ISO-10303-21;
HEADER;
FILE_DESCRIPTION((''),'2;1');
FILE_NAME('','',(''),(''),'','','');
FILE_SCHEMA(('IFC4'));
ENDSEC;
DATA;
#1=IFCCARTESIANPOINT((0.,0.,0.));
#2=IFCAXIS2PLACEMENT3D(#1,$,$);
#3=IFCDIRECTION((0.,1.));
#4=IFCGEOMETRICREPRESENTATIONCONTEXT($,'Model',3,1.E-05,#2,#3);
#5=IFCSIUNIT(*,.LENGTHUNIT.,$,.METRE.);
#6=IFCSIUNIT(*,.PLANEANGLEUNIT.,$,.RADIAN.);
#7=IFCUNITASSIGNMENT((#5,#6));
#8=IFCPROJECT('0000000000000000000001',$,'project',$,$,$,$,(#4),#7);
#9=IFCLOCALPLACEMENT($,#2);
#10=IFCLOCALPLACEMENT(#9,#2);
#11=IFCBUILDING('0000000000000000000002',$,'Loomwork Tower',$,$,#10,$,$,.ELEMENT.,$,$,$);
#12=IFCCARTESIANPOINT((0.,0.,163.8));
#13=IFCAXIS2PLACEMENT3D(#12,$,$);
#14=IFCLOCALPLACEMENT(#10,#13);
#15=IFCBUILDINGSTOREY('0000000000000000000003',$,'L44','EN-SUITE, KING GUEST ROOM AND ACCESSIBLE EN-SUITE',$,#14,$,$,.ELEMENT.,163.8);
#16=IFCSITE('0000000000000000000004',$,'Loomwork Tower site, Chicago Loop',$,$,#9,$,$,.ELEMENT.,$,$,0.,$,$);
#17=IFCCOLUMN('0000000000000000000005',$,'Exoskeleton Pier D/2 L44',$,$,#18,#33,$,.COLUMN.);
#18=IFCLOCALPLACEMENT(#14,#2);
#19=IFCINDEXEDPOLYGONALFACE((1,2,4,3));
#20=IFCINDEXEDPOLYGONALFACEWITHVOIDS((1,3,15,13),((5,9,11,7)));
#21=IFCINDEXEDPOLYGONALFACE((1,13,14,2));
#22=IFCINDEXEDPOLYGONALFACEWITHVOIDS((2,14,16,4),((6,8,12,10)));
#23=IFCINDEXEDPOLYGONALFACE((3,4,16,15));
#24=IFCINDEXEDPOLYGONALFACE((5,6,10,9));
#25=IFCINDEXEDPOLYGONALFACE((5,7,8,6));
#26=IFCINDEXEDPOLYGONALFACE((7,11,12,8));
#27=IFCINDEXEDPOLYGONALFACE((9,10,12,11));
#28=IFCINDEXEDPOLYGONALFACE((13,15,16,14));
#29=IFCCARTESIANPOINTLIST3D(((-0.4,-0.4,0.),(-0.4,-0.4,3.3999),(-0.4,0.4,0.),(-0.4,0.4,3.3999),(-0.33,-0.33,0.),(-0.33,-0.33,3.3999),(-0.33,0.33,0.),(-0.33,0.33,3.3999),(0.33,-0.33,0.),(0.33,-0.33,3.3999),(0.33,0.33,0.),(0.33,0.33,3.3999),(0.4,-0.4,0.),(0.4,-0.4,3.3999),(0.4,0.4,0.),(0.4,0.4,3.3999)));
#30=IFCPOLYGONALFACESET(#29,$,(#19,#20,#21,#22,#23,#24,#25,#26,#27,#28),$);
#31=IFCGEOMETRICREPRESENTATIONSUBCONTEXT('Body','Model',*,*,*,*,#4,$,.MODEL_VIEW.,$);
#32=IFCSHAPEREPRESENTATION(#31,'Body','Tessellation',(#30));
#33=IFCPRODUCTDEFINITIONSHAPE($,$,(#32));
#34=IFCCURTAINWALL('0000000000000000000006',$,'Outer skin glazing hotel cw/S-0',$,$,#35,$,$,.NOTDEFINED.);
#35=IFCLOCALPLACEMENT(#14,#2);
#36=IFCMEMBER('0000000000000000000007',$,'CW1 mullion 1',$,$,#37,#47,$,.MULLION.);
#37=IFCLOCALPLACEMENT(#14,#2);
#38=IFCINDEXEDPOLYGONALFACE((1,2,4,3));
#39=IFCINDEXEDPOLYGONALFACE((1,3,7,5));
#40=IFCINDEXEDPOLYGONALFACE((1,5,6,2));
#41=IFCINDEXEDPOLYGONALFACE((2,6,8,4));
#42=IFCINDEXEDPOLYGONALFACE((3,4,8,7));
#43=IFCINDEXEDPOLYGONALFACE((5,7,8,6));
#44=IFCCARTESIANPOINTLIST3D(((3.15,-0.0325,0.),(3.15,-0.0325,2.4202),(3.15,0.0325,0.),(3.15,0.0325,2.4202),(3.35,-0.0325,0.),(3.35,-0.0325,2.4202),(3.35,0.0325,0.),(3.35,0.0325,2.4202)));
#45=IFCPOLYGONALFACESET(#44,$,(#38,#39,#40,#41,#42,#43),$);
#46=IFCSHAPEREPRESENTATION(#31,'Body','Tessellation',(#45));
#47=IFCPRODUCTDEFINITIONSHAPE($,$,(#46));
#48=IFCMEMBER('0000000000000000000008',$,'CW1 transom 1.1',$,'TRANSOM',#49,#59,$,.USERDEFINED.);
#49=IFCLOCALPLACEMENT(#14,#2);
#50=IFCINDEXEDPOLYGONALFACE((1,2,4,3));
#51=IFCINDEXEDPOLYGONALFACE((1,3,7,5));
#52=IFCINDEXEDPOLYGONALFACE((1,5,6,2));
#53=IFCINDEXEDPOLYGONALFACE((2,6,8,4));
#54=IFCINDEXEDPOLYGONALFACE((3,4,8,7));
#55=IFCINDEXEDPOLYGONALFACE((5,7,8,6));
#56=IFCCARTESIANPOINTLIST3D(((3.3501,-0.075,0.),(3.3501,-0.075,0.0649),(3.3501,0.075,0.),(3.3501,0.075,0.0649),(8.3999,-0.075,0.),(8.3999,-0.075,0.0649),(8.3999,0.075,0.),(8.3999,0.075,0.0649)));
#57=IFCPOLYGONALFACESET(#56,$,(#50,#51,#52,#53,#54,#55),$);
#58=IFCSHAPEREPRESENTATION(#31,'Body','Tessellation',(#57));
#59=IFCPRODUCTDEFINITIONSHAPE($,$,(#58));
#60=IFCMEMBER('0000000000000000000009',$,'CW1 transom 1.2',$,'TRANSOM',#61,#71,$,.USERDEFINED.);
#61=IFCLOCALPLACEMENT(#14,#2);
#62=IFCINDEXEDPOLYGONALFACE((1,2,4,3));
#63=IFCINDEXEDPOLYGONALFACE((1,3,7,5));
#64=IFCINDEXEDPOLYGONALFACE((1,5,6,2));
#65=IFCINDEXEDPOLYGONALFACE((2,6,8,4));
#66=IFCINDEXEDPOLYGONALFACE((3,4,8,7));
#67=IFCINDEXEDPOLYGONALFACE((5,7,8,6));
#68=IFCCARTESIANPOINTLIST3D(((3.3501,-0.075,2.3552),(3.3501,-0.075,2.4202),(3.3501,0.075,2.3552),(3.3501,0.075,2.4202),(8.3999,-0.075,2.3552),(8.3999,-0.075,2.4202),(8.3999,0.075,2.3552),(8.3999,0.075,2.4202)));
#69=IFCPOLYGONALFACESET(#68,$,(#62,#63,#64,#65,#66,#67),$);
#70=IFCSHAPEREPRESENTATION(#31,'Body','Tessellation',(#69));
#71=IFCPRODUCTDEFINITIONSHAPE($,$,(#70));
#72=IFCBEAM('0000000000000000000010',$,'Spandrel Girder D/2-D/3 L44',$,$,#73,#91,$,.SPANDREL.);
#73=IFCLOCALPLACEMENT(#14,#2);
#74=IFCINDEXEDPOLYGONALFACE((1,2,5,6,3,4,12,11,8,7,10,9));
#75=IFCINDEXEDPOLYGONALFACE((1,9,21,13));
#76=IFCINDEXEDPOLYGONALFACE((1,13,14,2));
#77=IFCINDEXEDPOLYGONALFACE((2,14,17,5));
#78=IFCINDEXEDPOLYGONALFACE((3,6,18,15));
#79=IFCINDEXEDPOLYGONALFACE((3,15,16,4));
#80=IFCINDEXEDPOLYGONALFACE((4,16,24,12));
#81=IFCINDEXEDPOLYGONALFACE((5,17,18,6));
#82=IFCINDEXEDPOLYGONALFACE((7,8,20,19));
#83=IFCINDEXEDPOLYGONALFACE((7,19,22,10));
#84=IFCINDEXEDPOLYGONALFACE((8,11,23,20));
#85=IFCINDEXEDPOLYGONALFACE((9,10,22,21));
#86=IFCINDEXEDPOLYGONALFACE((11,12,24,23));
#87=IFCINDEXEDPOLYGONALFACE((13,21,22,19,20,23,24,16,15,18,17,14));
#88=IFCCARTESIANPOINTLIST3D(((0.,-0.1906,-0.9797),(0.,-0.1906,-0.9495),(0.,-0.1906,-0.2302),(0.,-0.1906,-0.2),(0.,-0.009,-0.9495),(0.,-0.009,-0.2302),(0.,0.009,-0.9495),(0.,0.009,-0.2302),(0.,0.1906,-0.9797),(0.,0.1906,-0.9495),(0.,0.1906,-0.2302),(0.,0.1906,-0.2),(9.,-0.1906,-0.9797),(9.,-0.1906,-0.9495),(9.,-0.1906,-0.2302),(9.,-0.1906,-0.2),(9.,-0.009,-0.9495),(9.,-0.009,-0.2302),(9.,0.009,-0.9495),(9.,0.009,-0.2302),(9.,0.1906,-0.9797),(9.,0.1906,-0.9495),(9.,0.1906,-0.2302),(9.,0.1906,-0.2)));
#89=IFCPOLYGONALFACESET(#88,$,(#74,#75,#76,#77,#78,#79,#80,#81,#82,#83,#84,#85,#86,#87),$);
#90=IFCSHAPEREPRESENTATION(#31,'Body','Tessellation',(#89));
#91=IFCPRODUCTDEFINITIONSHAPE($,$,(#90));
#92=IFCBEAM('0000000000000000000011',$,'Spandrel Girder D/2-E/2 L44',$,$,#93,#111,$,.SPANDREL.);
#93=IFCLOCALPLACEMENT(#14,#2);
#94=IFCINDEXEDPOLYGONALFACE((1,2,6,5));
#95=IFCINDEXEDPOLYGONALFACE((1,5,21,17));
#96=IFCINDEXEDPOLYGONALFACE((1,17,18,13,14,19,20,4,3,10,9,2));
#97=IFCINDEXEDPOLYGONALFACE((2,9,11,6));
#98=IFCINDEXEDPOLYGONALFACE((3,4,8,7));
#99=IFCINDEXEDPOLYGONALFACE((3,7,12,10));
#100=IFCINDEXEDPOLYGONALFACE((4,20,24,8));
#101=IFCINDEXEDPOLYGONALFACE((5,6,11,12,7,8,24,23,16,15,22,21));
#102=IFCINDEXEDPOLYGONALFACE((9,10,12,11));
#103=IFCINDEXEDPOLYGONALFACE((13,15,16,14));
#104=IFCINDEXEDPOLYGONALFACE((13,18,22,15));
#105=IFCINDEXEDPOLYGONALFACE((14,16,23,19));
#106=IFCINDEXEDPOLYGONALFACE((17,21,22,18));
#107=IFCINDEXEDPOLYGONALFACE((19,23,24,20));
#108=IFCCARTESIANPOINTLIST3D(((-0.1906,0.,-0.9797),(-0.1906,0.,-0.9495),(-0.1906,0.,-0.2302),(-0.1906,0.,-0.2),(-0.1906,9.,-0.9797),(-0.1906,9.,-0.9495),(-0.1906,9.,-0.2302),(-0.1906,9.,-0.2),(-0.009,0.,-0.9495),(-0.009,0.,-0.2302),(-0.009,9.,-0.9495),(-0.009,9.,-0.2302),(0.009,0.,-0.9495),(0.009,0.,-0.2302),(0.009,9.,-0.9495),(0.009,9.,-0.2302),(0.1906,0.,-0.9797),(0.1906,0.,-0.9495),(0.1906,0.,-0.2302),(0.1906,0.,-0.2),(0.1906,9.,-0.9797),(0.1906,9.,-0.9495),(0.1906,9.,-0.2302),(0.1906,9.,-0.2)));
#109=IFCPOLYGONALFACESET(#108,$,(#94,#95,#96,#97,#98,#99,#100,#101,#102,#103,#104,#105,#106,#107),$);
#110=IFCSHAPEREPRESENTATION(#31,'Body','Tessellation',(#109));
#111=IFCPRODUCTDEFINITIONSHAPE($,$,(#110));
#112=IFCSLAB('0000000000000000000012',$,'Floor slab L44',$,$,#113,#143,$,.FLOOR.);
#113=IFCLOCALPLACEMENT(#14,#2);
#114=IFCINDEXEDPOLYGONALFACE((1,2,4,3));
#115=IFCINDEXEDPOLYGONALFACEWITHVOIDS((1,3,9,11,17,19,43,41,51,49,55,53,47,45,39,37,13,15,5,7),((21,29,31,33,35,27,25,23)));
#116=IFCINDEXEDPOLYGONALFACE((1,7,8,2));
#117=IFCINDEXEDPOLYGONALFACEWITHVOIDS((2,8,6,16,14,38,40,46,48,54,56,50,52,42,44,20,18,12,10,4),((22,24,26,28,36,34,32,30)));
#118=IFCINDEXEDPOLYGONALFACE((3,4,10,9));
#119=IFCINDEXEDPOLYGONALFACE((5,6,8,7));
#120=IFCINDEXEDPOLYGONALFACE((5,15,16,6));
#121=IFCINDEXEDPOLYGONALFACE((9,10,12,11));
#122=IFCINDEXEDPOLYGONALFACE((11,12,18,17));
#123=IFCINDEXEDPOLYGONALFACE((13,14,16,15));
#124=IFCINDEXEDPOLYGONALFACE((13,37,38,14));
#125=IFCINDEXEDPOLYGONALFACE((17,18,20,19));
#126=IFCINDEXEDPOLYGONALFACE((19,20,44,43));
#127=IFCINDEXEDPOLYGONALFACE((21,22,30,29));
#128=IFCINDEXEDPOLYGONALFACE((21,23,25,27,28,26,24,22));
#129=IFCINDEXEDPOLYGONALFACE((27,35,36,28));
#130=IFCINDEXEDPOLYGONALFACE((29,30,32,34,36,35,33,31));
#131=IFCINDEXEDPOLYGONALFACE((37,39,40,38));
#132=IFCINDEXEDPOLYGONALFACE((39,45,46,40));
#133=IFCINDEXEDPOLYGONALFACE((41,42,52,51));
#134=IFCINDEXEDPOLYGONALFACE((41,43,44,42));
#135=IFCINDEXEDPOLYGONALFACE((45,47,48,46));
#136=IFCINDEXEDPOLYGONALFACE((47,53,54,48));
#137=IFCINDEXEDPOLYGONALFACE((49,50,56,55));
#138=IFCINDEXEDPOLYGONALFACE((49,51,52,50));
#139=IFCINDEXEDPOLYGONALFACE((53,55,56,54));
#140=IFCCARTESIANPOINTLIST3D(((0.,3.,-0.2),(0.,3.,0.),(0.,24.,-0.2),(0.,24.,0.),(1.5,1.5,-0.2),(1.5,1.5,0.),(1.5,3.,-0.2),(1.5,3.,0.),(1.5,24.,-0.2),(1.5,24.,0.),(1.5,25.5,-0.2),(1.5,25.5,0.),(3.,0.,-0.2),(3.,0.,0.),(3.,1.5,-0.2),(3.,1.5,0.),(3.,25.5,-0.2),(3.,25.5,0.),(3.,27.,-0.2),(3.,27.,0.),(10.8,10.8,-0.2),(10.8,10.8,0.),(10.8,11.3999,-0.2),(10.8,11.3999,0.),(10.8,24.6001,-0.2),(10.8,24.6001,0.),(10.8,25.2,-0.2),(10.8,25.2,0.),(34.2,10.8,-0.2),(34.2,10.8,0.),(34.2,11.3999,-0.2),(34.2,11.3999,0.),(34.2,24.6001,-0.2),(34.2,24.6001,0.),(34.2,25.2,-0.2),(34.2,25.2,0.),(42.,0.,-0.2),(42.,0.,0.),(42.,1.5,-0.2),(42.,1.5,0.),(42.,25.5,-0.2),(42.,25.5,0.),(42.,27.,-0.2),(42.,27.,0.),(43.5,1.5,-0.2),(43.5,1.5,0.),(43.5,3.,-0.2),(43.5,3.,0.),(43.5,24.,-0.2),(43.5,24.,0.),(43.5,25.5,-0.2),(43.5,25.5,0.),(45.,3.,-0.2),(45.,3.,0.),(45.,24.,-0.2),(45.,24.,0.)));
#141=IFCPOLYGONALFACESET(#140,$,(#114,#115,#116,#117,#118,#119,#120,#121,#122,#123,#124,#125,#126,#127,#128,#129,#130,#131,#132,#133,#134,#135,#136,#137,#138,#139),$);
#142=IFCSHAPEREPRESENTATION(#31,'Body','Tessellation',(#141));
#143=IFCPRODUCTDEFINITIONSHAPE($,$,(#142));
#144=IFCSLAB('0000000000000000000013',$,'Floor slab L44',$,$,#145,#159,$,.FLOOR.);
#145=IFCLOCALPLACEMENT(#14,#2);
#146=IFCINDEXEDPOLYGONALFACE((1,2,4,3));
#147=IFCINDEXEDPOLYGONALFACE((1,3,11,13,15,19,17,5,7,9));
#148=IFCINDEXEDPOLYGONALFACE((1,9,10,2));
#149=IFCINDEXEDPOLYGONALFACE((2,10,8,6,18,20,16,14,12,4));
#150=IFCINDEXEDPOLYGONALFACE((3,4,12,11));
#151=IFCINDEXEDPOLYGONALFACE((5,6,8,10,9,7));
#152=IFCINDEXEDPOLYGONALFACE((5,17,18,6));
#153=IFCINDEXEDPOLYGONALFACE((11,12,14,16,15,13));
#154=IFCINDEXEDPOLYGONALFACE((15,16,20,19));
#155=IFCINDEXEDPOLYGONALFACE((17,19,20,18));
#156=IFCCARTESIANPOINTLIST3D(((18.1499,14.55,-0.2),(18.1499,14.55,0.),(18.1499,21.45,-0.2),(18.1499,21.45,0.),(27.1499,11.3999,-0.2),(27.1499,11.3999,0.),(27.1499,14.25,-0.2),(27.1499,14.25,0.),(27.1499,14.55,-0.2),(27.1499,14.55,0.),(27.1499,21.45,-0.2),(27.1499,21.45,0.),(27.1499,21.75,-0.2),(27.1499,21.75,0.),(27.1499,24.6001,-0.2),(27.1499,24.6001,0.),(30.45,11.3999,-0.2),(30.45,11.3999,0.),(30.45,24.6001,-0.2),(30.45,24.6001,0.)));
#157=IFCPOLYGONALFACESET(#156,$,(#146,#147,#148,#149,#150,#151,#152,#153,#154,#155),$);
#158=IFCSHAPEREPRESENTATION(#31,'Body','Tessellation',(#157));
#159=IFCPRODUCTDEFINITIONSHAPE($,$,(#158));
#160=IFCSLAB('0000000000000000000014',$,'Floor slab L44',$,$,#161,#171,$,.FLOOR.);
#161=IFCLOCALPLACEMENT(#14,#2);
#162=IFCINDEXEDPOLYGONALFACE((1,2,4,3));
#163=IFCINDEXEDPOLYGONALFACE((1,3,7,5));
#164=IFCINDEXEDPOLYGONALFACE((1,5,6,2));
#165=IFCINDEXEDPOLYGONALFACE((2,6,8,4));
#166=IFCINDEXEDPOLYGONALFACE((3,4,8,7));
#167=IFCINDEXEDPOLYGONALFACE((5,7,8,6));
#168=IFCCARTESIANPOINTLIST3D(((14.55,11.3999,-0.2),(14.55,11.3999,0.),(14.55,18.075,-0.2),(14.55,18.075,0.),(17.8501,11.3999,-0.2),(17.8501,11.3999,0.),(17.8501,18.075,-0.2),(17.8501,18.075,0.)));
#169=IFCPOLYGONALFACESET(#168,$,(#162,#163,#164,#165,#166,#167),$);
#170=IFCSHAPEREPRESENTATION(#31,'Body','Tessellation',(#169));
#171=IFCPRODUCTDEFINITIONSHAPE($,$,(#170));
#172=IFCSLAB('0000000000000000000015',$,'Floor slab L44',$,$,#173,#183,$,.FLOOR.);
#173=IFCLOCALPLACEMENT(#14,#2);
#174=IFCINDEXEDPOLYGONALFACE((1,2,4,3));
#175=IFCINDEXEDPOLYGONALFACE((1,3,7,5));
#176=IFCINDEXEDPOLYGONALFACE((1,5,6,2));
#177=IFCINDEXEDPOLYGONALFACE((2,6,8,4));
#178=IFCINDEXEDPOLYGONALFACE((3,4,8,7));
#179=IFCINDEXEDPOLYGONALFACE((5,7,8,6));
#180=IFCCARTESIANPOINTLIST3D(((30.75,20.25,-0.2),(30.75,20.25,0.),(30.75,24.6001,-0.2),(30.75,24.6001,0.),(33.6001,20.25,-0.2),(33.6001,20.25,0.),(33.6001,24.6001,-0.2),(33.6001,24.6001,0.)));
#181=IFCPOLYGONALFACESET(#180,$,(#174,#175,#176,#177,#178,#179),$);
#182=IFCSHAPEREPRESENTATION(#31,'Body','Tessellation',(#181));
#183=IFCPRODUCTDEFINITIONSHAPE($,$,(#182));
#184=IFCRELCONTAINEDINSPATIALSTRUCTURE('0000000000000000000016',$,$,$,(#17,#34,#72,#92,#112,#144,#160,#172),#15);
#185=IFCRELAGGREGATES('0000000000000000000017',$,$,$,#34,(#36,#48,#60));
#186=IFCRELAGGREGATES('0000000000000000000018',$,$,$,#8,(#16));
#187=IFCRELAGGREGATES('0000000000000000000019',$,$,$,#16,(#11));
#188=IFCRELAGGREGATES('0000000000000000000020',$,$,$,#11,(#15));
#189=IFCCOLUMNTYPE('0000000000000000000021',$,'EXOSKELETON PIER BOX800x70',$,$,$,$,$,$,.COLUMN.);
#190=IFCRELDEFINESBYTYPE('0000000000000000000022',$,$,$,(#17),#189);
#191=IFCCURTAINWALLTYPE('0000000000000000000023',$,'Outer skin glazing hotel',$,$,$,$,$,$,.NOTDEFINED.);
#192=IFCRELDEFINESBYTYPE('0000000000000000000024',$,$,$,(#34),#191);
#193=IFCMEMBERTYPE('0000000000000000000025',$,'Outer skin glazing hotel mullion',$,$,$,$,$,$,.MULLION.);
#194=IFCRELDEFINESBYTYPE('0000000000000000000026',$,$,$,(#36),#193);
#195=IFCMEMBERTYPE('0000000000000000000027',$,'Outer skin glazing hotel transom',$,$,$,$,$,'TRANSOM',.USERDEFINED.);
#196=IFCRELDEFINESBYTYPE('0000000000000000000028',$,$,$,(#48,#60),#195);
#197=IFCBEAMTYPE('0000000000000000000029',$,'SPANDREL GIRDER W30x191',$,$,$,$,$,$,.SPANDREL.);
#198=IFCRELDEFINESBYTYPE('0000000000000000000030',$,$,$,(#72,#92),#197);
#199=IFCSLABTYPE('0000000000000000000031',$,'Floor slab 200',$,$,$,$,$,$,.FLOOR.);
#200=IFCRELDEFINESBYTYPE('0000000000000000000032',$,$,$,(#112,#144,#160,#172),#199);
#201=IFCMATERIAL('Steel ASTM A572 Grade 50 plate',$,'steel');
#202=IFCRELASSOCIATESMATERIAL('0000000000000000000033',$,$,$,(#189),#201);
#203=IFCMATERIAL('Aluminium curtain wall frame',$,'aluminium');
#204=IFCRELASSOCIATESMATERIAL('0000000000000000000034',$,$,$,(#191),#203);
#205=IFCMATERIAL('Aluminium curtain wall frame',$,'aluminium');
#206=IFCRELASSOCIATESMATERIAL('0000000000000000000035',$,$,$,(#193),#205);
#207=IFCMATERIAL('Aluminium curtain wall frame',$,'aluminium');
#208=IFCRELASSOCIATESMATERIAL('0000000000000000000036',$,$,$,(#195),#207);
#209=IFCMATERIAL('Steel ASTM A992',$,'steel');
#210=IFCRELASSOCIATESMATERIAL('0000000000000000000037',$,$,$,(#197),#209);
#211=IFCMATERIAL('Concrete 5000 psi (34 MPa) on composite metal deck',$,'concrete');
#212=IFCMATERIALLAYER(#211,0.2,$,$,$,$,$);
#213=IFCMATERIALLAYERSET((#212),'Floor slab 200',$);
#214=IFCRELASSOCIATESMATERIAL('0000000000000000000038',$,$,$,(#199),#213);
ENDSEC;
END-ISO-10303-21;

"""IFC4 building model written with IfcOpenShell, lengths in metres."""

from ifc_helpers import new_model, si_unit, direction, frame, origin, origin_with_axes, origin_2d, place, context, subcontext, project, spatial, polyline, rectangle, hollow_rectangle, i_section, outline, extrude, material, layer, layer_set, material_profile, profile_set, type_object, element, aggregate, save


model = new_model("IFC4")

# Units and contexts
model_context = context("Model", 3, precision=1e-05, world=origin(), true_north=direction((0.0, 1.0)))
body_context = subcontext(model_context, "Body", "Model", "MODEL_VIEW")
ifc_project = project(units=[si_unit("LENGTHUNIT", "METRE"), si_unit("PLANEANGLEUNIT", "RADIAN")], contexts=[model_context])

# Site, building, storey
site_placement = place(None, origin())
site = spatial("IfcSite", under=ifc_project, at=site_placement, Name="Loomwork Tower site, Chicago Loop", CompositionType="ELEMENT", RefElevation=0.0)
building_placement = place(site_placement, origin())
building = spatial("IfcBuilding", under=site, at=building_placement, Name="Loomwork Tower", CompositionType="ELEMENT")
storey_placement = place(building_placement, frame((0.0, 0.0, 163.8)))
storey = spatial("IfcBuildingStorey", under=building, at=storey_placement, Name="L44", Description="EN-SUITE, KING GUEST ROOM AND ACCESSIBLE EN-SUITE", CompositionType="ELEMENT", Elevation=163.8)

# Column
ifc_material_1 = material(Name="Steel ASTM A572 Grade 50 plate", Category="steel")
ifc_material_profile_1 = material_profile(ifc_material_1, hollow_rectangle(XDim=0.8, YDim=0.8, WallThickness=0.0701, at=origin_2d()), Name="BOX800x70")
ifc_profile_set_1 = profile_set([ifc_material_profile_1], Name="Steel ASTM A572 Grade 50 plate")
column_type = type_object("IfcColumnType", Name="EXOSKELETON PIER BOX800x70", PredefinedType="COLUMN", material=ifc_profile_set_1)
column_placement = place(storey_placement, origin_with_axes())
element("IfcColumn", 1, at=column_placement, inside=storey, type_object=column_type, Name="Exoskeleton Pier D/2 L44", PredefinedType="COLUMN", context=body_context, shape_type="SweptSolid", body=[
    extrude(hollow_rectangle(XDim=0.8, YDim=0.8, WallThickness=0.0701, at=origin_2d()), origin(), (0.0, 0.0, 1.0), 3.3999),
])

# Curtain wall, members
ifc_material_2 = material(Name="Aluminium curtain wall frame", Category="aluminium")
curtain_wall_type = type_object("IfcCurtainWallType", Name="Outer skin glazing hotel", PredefinedType="NOTDEFINED", material=ifc_material_2)
curtain_wall_placement = place(storey_placement, origin())
curtain_wall = element("IfcCurtainWall", 2, at=curtain_wall_placement, inside=storey, type_object=curtain_wall_type, Name="Outer skin glazing hotel cw/S-0", PredefinedType="NOTDEFINED")
ifc_material_3 = material(Name="Aluminium curtain wall frame", Category="aluminium")
ifc_material_profile_2 = material_profile(ifc_material_3, rectangle(XDim=0.0649, YDim=0.2, at=origin_2d()), Name="AL 65x200")
ifc_profile_set_2 = profile_set([ifc_material_profile_2], Name="Aluminium curtain wall frame")
member_type_1 = type_object("IfcMemberType", Name="Outer skin glazing hotel mullion", PredefinedType="MULLION", material=ifc_profile_set_2)
member_1_placement = place(storey_placement, frame((3.25, 0.0, 0.0), z_axis=(0.0, 0.0, 1.0), x_axis=(0.0, 1.0, 0.0)))
member_1 = element("IfcMember", 3, at=member_1_placement, type_object=member_type_1, Name="CW1 mullion 1", PredefinedType="MULLION", context=body_context, shape_type="SweptSolid", body=[
    extrude(rectangle(XDim=0.0649, YDim=0.2, at=origin_2d()), origin(), (0.0, 0.0, 1.0), 2.4202),
])
ifc_material_4 = material(Name="Aluminium curtain wall frame", Category="aluminium")
ifc_material_profile_3 = material_profile(ifc_material_4, rectangle(XDim=0.1499, YDim=0.0649, at=origin_2d()), Name="AL 65x150")
ifc_profile_set_3 = profile_set([ifc_material_profile_3], Name="Aluminium curtain wall frame")
member_type_2 = type_object("IfcMemberType", Name="Outer skin glazing hotel transom", ElementType="TRANSOM", PredefinedType="USERDEFINED", material=ifc_profile_set_3)
member_2_placement = place(storey_placement, frame((3.3501, 0.0, 0.0325), z_axis=(1.0, 0.0, 0.0), x_axis=(0.0, 1.0, 0.0)))
member_2 = element("IfcMember", 4, at=member_2_placement, type_object=member_type_2, Name="CW1 transom 1.1", ObjectType="TRANSOM", PredefinedType="USERDEFINED", context=body_context, shape_type="SweptSolid", body=[
    extrude(rectangle(XDim=0.1499, YDim=0.0649, at=origin_2d()), origin(), (0.0, 0.0, 1.0), 5.0498),
])
member_3_placement = place(storey_placement, frame((3.3501, 0.0, 2.3877), z_axis=(1.0, 0.0, 0.0), x_axis=(0.0, 1.0, 0.0)))
member_3 = element("IfcMember", 5, at=member_3_placement, type_object=member_type_2, Name="CW1 transom 1.2", ObjectType="TRANSOM", PredefinedType="USERDEFINED", context=body_context, shape_type="SweptSolid", body=[
    extrude(rectangle(XDim=0.1499, YDim=0.0649, at=origin_2d()), origin(), (0.0, 0.0, 1.0), 5.0498),
])

# Beams
ifc_material_5 = material(Name="Steel ASTM A992", Category="steel")
ifc_material_profile_4 = material_profile(ifc_material_5, i_section(OverallWidth=0.3811, OverallDepth=0.7798, WebThickness=0.0181, FlangeThickness=0.0303, at=origin_2d()), Name="W30x191")
ifc_profile_set_4 = profile_set([ifc_material_profile_4], Name="Steel ASTM A992")
beam_type = type_object("IfcBeamType", Name="SPANDREL GIRDER W30x191", PredefinedType="SPANDREL", material=ifc_profile_set_4)
for number, where, z_axis, x_axis, name in (
    (6, (0.0, 0.0, -0.5898), (1.0, 0.0, 0.0), (0.0, 1.0, 0.0), "Spandrel Girder D/2-D/3 L44"),
    (7, (0.0, 0.0, -0.5898), (0.0, 1.0, 0.0), (-1.0, 0.0, 0.0), "Spandrel Girder D/2-E/2 L44"),
):
    element("IfcBeam", number, at=place(storey_placement, frame(where, z_axis=z_axis, x_axis=x_axis)), inside=storey, type_object=beam_type, Name=name, PredefinedType="SPANDREL", context=body_context, shape_type="SweptSolid", body=[
        extrude(i_section(OverallWidth=0.3811, OverallDepth=0.7798, WebThickness=0.0181, FlangeThickness=0.0303, at=origin_2d()), origin(), (0.0, 0.0, 1.0), 9.0),
    ])

# Slabs
ifc_material_6 = material(Name="Concrete 5000 psi (34 MPa) on composite metal deck", Category="concrete")
ifc_layer_1 = layer(ifc_material_6, 0.2)
ifc_layer_set_1 = layer_set([ifc_layer_1], Name="Floor slab 200")
slab_type_1 = type_object("IfcSlabType", Name="Floor slab 200", PredefinedType="FLOOR", material=ifc_layer_set_1)
slab_1_placement = place(storey_placement, frame((0.0, 0.0, -0.2)))
element("IfcSlab", 8, at=slab_1_placement, inside=storey, type_object=slab_type_1, Name="Floor slab L44", PredefinedType="FLOOR", context=body_context, shape_type="SweptSolid", body=[
    extrude(outline(polyline([(3.0, 1.5), (1.5, 1.5), (1.5, 3.0), (0.0, 3.0), (0.0, 24.0), (1.5, 24.0), (1.5, 25.5), (3.0, 25.5), (3.0, 27.0), (42.0, 27.0), (42.0, 25.5), (43.5, 25.5), (43.5, 24.0), (45.0, 24.0), (45.0, 3.0), (43.5, 3.0), (43.5, 1.5), (42.0, 1.5), (42.0, 0.0), (3.0, 0.0), (3.0, 1.5)]), holes=[polyline([(10.8, 11.3999), (10.8, 11.3999), (10.8, 10.8), (34.2, 10.8), (34.2, 11.3999), (34.2, 11.3999), (34.2, 24.6001), (34.2, 25.2), (10.8, 25.2), (10.8, 24.6001), (10.8, 11.3999)])]), origin(), (0.0, 0.0, 1.0), 0.2),
])
slab_2_placement = place(storey_placement, frame((0.0, 0.0, -0.2)))
element("IfcSlab", 9, at=slab_2_placement, inside=storey, type_object=slab_type_1, Name="Floor slab L44", PredefinedType="FLOOR", context=body_context, shape_type="SweptSolid", body=[
    extrude(outline(polyline([(30.45, 24.6001), (30.45, 11.3999), (27.1499, 11.3999), (27.1499, 14.25), (27.1499, 14.55), (18.1499, 14.55), (18.1499, 21.45), (27.1499, 21.45), (27.1499, 21.75), (27.1499, 24.6001), (30.45, 24.6001)])), origin(), (0.0, 0.0, 1.0), 0.2),
])
slab_3_placement = place(storey_placement, frame((0.0, 0.0, -0.2)))
element("IfcSlab", 10, at=slab_3_placement, inside=storey, type_object=slab_type_1, Name="Floor slab L44", PredefinedType="FLOOR", context=body_context, shape_type="SweptSolid", body=[
    extrude(outline(polyline([(14.55, 11.3999), (14.55, 18.075), (17.8501, 18.075), (17.8501, 11.3999), (14.55, 11.3999)])), origin(), (0.0, 0.0, 1.0), 0.2),
])
slab_4_placement = place(storey_placement, frame((0.0, 0.0, -0.2)))
element("IfcSlab", 11, at=slab_4_placement, inside=storey, type_object=slab_type_1, Name="Floor slab L44", PredefinedType="FLOOR", context=body_context, shape_type="SweptSolid", body=[
    extrude(outline(polyline([(33.6001, 20.25), (30.75, 20.25), (30.75, 24.6001), (33.6001, 24.6001), (33.6001, 20.25)])), origin(), (0.0, 0.0, 1.0), 0.2),
])

aggregate(curtain_wall, [member_1, member_2, member_3])

save(model, "model.ifc")
